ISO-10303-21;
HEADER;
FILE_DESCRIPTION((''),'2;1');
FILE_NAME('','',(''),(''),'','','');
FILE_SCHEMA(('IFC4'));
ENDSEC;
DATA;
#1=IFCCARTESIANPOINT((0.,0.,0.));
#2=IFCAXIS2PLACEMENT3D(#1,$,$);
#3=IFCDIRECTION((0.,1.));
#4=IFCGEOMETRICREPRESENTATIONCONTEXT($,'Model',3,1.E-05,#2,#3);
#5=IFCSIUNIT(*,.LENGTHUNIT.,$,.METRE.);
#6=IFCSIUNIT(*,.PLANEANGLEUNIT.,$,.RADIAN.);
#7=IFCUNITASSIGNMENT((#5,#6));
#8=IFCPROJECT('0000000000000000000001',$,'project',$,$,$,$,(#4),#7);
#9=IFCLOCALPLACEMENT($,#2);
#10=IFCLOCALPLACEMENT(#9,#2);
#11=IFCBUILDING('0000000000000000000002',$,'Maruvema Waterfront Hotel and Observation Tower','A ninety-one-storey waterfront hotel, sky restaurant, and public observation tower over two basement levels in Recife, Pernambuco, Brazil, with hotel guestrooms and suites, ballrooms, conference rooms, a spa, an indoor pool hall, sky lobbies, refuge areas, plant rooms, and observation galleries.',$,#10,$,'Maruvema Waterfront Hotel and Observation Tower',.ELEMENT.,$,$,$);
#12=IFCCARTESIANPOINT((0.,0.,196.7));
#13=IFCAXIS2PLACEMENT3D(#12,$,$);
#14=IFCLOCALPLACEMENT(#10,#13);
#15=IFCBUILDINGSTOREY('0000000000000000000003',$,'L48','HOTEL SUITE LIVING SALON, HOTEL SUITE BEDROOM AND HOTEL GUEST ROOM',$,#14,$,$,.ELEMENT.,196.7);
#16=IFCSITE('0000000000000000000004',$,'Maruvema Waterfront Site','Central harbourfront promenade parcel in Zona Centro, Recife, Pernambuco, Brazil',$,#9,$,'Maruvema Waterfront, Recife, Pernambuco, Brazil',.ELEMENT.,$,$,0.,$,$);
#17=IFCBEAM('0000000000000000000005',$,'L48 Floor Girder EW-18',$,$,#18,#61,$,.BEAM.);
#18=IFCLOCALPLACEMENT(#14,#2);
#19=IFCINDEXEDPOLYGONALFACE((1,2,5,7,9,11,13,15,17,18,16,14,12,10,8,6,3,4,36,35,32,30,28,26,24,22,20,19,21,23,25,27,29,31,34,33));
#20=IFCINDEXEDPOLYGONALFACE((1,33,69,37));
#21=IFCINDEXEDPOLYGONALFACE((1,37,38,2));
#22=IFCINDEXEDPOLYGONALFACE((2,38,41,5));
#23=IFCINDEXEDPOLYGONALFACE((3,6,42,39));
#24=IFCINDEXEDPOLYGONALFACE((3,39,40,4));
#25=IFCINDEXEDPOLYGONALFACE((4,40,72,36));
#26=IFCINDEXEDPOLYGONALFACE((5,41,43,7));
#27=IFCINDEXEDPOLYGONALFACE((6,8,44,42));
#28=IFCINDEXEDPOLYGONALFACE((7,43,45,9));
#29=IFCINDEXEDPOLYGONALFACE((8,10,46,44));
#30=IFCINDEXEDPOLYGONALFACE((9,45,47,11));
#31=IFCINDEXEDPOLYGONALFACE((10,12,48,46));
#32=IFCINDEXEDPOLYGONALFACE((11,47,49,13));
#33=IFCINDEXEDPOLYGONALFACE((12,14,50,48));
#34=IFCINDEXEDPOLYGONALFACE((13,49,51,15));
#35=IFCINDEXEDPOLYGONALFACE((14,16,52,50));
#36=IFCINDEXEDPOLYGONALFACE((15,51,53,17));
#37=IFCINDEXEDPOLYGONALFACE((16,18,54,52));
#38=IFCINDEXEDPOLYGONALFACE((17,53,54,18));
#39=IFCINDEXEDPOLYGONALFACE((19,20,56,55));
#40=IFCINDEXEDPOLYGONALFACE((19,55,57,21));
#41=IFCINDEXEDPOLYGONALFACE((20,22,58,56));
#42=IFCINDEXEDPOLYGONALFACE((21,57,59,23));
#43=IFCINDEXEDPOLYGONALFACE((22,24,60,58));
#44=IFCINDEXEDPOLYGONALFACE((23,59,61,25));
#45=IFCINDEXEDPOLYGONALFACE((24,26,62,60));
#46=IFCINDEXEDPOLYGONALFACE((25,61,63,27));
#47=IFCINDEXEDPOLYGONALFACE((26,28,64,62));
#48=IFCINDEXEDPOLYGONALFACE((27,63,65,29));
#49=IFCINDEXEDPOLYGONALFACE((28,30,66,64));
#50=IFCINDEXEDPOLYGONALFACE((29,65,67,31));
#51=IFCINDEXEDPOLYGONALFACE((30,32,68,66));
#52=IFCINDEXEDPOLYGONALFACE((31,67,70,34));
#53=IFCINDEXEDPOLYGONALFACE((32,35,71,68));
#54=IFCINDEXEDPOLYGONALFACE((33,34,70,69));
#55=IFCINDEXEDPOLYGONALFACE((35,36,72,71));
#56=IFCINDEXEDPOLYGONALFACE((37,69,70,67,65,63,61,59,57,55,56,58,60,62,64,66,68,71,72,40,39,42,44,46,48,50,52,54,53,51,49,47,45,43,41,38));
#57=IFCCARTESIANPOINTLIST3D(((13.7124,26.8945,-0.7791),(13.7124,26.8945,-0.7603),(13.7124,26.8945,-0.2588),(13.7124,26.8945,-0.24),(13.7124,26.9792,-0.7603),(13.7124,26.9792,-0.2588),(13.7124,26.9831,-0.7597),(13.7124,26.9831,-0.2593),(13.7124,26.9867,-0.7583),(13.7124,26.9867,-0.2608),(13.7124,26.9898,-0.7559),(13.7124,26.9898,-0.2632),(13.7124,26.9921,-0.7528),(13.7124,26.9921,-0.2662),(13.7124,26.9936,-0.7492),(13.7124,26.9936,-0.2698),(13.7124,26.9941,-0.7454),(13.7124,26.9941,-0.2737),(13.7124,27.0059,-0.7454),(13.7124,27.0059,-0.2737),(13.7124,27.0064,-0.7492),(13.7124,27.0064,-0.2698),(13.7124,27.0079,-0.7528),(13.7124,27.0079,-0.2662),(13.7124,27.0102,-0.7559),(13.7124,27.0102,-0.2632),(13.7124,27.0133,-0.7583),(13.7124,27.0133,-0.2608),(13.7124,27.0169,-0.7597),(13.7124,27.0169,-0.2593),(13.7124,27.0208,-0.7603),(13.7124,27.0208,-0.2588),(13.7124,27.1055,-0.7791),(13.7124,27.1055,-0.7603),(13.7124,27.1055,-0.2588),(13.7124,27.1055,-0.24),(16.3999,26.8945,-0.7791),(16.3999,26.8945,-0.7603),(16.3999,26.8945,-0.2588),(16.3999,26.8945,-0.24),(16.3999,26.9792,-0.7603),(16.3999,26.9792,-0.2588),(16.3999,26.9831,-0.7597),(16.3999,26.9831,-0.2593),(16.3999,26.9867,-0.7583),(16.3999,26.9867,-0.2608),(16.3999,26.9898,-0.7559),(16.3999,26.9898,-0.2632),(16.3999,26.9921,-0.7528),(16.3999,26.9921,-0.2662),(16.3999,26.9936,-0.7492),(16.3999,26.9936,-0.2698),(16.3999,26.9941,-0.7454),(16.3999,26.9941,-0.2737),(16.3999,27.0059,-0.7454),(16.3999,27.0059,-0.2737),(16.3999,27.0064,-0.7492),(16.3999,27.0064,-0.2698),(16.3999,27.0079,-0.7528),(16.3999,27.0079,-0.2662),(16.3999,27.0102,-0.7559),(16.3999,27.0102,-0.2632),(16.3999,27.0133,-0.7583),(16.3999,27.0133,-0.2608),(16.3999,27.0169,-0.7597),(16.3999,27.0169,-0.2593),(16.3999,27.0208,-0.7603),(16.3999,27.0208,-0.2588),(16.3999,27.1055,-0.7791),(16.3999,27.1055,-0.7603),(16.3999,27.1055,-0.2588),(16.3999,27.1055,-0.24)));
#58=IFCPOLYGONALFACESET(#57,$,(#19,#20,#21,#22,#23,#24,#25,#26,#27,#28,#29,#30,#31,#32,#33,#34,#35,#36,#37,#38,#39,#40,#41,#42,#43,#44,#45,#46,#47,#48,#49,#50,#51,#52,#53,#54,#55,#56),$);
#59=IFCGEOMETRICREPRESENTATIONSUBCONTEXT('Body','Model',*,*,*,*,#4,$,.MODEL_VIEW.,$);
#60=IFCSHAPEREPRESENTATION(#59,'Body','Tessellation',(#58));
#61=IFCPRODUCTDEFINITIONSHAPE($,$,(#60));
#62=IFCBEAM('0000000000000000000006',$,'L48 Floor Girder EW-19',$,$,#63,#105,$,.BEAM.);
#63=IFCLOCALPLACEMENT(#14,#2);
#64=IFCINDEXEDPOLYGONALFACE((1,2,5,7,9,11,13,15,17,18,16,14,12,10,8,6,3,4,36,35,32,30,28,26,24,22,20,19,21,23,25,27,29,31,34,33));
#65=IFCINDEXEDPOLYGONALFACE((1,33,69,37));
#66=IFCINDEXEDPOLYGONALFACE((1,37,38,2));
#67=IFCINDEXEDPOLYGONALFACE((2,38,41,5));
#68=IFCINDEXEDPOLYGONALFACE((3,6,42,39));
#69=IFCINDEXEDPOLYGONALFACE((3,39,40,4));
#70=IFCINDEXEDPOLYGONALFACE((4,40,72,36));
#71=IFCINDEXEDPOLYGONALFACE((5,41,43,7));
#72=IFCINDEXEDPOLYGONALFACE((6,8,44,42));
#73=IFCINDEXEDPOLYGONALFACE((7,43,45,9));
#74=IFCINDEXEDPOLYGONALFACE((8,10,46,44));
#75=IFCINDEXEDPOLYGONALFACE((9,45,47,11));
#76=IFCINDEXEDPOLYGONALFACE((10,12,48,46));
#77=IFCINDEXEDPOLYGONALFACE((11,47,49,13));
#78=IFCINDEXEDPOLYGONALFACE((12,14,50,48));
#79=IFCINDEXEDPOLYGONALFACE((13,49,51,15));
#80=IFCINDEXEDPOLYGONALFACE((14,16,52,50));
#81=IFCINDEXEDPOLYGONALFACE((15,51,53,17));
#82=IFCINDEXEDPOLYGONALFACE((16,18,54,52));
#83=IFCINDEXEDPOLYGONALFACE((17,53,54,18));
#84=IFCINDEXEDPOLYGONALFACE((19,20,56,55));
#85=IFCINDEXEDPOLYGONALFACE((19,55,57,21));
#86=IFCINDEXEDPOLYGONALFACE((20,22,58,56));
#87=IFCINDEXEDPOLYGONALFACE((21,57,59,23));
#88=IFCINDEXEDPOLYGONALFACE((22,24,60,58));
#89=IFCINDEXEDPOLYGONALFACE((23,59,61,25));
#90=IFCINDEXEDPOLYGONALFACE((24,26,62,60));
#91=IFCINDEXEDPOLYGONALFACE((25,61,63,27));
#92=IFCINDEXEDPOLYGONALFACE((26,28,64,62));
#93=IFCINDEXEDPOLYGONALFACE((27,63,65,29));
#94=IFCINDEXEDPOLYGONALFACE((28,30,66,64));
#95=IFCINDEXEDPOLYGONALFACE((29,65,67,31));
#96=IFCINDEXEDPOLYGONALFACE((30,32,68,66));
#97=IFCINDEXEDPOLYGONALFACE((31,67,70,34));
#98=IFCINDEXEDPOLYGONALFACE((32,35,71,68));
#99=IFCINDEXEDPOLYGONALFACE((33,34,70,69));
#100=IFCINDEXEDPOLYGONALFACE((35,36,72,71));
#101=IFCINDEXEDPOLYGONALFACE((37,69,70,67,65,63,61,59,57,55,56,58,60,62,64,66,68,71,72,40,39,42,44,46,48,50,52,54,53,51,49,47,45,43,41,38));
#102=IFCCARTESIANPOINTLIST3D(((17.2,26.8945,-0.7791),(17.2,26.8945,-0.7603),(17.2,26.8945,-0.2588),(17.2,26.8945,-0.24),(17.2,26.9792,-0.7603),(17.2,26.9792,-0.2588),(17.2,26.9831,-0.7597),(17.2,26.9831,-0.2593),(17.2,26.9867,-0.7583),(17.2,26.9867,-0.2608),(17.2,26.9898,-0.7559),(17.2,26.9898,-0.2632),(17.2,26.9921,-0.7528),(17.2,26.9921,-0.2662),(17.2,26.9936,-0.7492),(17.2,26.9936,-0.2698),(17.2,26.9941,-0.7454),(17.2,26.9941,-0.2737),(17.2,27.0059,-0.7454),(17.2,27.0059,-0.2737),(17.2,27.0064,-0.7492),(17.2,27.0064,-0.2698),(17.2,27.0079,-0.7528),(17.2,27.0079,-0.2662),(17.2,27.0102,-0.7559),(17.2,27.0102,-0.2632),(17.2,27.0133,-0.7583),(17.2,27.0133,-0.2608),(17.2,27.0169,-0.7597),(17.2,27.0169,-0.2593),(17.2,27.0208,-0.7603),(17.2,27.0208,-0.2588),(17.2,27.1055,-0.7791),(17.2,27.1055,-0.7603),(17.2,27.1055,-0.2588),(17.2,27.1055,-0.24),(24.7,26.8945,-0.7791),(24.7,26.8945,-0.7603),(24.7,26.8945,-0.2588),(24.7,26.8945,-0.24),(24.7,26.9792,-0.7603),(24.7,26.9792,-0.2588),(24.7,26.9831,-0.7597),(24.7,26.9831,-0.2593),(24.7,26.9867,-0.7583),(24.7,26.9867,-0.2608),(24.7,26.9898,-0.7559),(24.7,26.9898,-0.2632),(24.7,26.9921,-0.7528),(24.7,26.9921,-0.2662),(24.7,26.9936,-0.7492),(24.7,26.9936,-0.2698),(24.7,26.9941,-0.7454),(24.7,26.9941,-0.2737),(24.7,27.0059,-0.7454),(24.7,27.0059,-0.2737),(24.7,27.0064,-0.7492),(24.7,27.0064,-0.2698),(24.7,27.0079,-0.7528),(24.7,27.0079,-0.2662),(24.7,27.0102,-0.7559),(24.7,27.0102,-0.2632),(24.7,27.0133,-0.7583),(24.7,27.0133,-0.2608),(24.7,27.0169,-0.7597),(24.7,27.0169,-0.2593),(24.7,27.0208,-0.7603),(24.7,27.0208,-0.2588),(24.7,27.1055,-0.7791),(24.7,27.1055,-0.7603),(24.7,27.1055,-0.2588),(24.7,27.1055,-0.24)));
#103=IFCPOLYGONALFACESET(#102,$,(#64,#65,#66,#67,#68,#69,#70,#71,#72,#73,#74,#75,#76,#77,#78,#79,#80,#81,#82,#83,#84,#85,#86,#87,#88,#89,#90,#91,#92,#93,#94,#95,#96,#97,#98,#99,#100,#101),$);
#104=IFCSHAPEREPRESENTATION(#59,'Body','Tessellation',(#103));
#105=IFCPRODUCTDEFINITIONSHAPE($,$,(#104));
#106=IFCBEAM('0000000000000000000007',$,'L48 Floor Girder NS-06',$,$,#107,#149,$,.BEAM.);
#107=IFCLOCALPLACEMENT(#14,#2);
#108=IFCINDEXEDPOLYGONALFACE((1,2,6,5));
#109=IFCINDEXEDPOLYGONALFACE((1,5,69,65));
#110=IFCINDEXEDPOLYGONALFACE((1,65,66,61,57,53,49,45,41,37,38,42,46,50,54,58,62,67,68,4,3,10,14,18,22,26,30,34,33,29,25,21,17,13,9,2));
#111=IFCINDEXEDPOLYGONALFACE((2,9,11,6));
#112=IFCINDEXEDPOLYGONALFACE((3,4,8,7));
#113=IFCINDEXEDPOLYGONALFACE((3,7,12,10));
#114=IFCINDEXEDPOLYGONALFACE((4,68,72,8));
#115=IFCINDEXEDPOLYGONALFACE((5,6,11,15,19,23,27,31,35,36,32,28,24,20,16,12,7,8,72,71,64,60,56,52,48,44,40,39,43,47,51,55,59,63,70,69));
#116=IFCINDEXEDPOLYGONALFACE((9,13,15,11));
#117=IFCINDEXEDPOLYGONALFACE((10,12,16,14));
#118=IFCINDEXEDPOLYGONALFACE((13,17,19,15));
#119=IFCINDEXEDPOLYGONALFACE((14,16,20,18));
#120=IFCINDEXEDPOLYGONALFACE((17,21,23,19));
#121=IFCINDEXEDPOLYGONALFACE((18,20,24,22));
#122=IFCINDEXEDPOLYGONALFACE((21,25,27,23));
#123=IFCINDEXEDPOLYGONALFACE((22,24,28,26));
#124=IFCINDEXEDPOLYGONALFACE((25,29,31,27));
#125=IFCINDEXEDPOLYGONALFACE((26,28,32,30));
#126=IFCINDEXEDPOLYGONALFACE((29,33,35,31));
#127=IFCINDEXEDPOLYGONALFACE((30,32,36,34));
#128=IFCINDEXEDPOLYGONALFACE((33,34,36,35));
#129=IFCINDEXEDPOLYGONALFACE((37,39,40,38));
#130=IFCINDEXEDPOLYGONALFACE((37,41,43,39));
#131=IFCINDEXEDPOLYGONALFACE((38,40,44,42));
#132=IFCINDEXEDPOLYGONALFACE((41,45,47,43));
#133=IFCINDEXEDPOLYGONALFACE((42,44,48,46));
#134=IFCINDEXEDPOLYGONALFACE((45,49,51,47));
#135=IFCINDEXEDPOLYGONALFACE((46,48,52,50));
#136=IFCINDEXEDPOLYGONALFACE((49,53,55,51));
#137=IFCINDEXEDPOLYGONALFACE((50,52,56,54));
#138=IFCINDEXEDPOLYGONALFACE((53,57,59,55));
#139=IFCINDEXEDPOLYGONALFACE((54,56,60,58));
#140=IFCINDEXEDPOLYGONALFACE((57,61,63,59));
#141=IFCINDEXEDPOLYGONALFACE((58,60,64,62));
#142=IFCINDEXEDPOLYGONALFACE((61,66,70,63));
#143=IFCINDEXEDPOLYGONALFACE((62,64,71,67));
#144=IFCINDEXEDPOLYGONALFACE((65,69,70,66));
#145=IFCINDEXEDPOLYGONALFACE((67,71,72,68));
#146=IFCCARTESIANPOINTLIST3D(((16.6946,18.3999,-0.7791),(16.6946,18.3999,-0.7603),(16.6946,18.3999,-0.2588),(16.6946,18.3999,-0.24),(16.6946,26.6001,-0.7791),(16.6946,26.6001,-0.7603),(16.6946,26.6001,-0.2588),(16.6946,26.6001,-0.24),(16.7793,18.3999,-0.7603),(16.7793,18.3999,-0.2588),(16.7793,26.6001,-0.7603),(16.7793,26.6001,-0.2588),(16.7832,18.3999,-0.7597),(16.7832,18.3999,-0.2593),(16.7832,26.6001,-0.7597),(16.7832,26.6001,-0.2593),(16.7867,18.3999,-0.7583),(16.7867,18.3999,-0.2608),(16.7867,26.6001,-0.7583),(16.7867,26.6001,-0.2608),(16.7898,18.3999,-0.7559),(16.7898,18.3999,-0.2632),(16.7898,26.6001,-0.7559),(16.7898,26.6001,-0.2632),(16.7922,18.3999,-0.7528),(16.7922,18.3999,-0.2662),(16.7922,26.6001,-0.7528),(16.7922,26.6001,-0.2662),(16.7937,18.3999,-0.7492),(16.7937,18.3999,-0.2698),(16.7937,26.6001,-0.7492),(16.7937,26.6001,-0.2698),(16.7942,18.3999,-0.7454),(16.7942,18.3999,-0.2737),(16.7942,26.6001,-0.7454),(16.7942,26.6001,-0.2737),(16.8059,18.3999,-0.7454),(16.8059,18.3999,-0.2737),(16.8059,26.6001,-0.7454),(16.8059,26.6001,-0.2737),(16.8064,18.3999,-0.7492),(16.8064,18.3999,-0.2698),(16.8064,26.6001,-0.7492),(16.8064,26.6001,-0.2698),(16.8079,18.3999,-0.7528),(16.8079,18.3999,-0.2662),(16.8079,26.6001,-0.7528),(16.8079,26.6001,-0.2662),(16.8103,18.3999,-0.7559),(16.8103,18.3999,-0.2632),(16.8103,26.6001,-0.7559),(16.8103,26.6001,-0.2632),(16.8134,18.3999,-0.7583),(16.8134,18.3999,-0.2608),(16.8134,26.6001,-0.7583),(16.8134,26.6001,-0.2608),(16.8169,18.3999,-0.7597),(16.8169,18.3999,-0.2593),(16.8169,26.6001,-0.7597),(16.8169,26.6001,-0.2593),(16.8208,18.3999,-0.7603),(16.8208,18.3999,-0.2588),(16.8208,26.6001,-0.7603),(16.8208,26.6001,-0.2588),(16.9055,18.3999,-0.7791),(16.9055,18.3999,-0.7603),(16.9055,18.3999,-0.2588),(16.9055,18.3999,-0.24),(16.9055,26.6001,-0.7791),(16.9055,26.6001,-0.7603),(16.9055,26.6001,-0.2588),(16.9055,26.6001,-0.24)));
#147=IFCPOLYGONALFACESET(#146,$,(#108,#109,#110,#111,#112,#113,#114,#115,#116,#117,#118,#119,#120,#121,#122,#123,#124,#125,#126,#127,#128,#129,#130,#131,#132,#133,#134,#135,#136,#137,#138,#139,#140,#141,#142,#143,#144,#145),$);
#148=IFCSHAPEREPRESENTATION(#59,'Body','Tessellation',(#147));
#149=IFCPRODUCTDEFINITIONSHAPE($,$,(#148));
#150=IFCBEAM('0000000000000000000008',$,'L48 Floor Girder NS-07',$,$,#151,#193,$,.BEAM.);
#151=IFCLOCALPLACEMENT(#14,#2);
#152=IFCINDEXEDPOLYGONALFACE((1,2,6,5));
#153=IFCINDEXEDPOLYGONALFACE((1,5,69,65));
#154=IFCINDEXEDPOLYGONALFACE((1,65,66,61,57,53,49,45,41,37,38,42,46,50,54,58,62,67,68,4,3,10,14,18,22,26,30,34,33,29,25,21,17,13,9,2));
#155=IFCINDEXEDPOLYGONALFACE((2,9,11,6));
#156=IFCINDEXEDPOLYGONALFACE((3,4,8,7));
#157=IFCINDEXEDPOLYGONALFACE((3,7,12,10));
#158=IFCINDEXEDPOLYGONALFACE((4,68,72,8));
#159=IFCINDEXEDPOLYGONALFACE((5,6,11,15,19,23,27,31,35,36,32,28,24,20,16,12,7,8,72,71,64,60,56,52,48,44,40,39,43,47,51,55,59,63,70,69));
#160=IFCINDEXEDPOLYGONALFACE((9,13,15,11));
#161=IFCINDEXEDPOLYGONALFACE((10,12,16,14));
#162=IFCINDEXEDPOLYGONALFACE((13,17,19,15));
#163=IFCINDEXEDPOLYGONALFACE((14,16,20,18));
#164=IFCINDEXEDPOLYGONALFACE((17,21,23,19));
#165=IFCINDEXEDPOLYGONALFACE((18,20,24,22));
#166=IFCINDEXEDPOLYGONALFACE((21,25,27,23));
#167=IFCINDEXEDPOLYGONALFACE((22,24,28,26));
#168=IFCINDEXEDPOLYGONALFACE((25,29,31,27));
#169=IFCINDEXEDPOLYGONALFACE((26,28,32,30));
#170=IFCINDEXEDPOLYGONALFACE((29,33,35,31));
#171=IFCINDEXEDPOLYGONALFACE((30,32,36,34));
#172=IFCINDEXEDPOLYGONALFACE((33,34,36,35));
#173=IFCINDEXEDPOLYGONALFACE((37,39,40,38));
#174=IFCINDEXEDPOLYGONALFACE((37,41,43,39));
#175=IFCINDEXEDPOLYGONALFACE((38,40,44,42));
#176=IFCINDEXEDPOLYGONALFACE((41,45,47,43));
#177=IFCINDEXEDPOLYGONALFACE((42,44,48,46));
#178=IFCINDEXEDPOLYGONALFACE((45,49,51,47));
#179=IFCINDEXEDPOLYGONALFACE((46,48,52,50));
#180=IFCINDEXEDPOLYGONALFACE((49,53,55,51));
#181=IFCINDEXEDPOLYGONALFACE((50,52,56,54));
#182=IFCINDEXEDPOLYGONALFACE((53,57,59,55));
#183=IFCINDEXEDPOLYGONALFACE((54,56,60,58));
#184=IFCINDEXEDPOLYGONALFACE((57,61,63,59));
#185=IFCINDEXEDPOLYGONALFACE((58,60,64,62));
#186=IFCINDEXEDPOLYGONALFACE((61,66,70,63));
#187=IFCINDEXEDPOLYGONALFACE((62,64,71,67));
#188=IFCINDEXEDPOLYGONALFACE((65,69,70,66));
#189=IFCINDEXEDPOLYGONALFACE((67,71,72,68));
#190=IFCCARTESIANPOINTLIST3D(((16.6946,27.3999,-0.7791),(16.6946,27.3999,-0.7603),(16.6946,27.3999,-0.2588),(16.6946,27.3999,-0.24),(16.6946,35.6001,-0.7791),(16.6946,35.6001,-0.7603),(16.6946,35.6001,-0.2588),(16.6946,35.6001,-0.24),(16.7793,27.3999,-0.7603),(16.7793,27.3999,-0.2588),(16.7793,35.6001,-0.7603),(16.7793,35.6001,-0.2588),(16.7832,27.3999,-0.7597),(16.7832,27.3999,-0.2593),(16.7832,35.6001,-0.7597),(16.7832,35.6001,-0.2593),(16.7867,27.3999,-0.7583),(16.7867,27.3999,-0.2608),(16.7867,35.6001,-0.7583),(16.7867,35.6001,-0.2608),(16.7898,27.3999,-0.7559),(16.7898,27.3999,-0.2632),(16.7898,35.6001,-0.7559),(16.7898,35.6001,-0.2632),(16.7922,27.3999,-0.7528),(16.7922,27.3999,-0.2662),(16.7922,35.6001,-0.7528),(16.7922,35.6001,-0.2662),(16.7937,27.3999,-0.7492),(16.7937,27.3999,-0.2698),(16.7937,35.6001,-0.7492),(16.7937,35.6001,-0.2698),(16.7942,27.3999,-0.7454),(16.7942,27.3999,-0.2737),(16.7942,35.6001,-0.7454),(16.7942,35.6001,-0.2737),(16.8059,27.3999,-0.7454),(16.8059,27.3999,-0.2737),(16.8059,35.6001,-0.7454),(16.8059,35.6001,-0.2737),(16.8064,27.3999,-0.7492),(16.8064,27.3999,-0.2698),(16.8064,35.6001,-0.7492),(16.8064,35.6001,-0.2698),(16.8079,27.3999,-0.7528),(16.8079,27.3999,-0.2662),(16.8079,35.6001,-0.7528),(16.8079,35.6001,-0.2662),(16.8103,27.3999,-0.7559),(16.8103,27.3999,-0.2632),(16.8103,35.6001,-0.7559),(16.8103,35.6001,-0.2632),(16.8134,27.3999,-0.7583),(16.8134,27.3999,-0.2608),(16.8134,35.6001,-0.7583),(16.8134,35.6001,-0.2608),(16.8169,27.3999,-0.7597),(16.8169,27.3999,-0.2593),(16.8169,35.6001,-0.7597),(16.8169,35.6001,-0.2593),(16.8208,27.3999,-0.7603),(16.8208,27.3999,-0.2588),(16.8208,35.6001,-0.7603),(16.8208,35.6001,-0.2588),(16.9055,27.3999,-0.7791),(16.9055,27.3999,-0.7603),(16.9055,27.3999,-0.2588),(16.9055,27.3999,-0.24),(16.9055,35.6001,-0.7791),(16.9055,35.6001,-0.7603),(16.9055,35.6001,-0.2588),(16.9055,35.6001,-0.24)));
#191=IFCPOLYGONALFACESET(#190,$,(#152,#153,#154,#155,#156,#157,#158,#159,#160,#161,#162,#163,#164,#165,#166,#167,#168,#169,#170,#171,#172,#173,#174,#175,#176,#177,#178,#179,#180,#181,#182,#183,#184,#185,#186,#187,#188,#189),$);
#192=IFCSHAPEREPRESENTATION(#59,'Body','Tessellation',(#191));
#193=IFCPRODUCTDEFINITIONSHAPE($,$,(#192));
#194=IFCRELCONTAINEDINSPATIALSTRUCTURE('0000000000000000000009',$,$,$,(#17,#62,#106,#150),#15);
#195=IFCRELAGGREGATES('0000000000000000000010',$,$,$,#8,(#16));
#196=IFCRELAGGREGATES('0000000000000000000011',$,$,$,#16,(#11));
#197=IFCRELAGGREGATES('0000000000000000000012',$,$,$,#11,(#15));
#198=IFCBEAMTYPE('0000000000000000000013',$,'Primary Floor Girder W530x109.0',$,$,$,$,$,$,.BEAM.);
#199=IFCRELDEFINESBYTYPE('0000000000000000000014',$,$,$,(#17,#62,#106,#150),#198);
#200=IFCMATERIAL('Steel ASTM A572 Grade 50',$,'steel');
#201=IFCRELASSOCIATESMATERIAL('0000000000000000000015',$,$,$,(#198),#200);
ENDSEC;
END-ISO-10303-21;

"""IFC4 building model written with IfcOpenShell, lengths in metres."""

from ifc_helpers import new_model, si_unit, direction, frame, origin, origin_2d, place, context, subcontext, project, spatial, i_section, extrude, material, material_profile, profile_set, type_object, element, save


model = new_model("IFC4")

# Units and contexts
model_context = context("Model", 3, precision=1e-05, world=origin(), true_north=direction((0.0, 1.0)))
body_context = subcontext(model_context, "Body", "Model", "MODEL_VIEW")
ifc_project = project(units=[si_unit("LENGTHUNIT", "METRE"), si_unit("PLANEANGLEUNIT", "RADIAN")], contexts=[model_context])

# Site, building, storey
site_placement = place(None, origin())
site = spatial("IfcSite", under=ifc_project, at=site_placement, Name="Maruvema Waterfront Site", Description="Central harbourfront promenade parcel in Zona Centro, Recife, Pernambuco, Brazil", LongName="Maruvema Waterfront, Recife, Pernambuco, Brazil", CompositionType="ELEMENT", RefElevation=0.0)
building_placement = place(site_placement, origin())
building = spatial("IfcBuilding", under=site, at=building_placement, Name="Maruvema Waterfront Hotel and Observation Tower", Description="A ninety-one-storey waterfront hotel, sky restaurant, and public observation tower over two basement levels in Recife, Pernambuco, Brazil, with hotel guestrooms and suites, ballrooms, conference rooms, a spa, an indoor pool hall, sky lobbies, refuge areas, plant rooms, and observation galleries.", LongName="Maruvema Waterfront Hotel and Observation Tower", CompositionType="ELEMENT")
storey_placement = place(building_placement, frame((0.0, 0.0, 196.7)))
storey = spatial("IfcBuildingStorey", under=building, at=storey_placement, Name="L48", Description="HOTEL SUITE LIVING SALON, HOTEL SUITE BEDROOM AND HOTEL GUEST ROOM", CompositionType="ELEMENT", Elevation=196.7)

# Beams
ifc_material_1 = material(Name="Steel ASTM A572 Grade 50", Category="steel")
ifc_material_profile_1 = material_profile(ifc_material_1, i_section(OverallWidth=0.2109, OverallDepth=0.5391, WebThickness=0.0117, FlangeThickness=0.0188, FilletRadius=0.0149, at=origin_2d()), Name="W530x109.0")
ifc_profile_set_1 = profile_set([ifc_material_profile_1], Name="Steel ASTM A572 Grade 50")
beam_type_1 = type_object("IfcBeamType", Name="Primary Floor Girder W530x109.0", PredefinedType="BEAM", material=ifc_profile_set_1)
beam_1_placement = place(storey_placement, frame((13.7124, 27.0, -0.5095), z_axis=(1.0, 0.0, 0.0), x_axis=(0.0, 1.0, 0.0)))
element("IfcBeam", 1, at=beam_1_placement, inside=storey, type_object=beam_type_1, Name="L48 Floor Girder EW-18", PredefinedType="BEAM", context=body_context, shape_type="SweptSolid", body=[
    extrude(i_section(OverallWidth=0.2109, OverallDepth=0.5391, WebThickness=0.0117, FlangeThickness=0.0188, FilletRadius=0.0149, at=origin_2d()), origin(), (0.0, 0.0, 1.0), 2.6875),
])
beam_2_placement = place(storey_placement, frame((17.2, 27.0, -0.5095), z_axis=(1.0, 0.0, 0.0), x_axis=(0.0, 1.0, 0.0)))
element("IfcBeam", 2, at=beam_2_placement, inside=storey, type_object=beam_type_1, Name="L48 Floor Girder EW-19", PredefinedType="BEAM", context=body_context, shape_type="SweptSolid", body=[
    extrude(i_section(OverallWidth=0.2109, OverallDepth=0.5391, WebThickness=0.0117, FlangeThickness=0.0188, FilletRadius=0.0149, at=origin_2d()), origin(), (0.0, 0.0, 1.0), 7.5),
])
for number, where, z_axis, x_axis, name in (
    (3, (16.8, 18.3999, -0.5095), (0.0, 1.0, 0.0), (-1.0, 0.0, 0.0), "L48 Floor Girder NS-06"),
    (4, (16.8, 27.3999, -0.5095), (0.0, 1.0, 0.0), (-1.0, 0.0, 0.0), "L48 Floor Girder NS-07"),
):
    element("IfcBeam", number, at=place(storey_placement, frame(where, z_axis=z_axis, x_axis=x_axis)), inside=storey, type_object=beam_type_1, Name=name, PredefinedType="BEAM", context=body_context, shape_type="SweptSolid", body=[
        extrude(i_section(OverallWidth=0.2109, OverallDepth=0.5391, WebThickness=0.0117, FlangeThickness=0.0188, FilletRadius=0.0149, at=origin_2d()), origin(), (0.0, 0.0, 1.0), 8.2002),
    ])

save(model, "model.ifc")
